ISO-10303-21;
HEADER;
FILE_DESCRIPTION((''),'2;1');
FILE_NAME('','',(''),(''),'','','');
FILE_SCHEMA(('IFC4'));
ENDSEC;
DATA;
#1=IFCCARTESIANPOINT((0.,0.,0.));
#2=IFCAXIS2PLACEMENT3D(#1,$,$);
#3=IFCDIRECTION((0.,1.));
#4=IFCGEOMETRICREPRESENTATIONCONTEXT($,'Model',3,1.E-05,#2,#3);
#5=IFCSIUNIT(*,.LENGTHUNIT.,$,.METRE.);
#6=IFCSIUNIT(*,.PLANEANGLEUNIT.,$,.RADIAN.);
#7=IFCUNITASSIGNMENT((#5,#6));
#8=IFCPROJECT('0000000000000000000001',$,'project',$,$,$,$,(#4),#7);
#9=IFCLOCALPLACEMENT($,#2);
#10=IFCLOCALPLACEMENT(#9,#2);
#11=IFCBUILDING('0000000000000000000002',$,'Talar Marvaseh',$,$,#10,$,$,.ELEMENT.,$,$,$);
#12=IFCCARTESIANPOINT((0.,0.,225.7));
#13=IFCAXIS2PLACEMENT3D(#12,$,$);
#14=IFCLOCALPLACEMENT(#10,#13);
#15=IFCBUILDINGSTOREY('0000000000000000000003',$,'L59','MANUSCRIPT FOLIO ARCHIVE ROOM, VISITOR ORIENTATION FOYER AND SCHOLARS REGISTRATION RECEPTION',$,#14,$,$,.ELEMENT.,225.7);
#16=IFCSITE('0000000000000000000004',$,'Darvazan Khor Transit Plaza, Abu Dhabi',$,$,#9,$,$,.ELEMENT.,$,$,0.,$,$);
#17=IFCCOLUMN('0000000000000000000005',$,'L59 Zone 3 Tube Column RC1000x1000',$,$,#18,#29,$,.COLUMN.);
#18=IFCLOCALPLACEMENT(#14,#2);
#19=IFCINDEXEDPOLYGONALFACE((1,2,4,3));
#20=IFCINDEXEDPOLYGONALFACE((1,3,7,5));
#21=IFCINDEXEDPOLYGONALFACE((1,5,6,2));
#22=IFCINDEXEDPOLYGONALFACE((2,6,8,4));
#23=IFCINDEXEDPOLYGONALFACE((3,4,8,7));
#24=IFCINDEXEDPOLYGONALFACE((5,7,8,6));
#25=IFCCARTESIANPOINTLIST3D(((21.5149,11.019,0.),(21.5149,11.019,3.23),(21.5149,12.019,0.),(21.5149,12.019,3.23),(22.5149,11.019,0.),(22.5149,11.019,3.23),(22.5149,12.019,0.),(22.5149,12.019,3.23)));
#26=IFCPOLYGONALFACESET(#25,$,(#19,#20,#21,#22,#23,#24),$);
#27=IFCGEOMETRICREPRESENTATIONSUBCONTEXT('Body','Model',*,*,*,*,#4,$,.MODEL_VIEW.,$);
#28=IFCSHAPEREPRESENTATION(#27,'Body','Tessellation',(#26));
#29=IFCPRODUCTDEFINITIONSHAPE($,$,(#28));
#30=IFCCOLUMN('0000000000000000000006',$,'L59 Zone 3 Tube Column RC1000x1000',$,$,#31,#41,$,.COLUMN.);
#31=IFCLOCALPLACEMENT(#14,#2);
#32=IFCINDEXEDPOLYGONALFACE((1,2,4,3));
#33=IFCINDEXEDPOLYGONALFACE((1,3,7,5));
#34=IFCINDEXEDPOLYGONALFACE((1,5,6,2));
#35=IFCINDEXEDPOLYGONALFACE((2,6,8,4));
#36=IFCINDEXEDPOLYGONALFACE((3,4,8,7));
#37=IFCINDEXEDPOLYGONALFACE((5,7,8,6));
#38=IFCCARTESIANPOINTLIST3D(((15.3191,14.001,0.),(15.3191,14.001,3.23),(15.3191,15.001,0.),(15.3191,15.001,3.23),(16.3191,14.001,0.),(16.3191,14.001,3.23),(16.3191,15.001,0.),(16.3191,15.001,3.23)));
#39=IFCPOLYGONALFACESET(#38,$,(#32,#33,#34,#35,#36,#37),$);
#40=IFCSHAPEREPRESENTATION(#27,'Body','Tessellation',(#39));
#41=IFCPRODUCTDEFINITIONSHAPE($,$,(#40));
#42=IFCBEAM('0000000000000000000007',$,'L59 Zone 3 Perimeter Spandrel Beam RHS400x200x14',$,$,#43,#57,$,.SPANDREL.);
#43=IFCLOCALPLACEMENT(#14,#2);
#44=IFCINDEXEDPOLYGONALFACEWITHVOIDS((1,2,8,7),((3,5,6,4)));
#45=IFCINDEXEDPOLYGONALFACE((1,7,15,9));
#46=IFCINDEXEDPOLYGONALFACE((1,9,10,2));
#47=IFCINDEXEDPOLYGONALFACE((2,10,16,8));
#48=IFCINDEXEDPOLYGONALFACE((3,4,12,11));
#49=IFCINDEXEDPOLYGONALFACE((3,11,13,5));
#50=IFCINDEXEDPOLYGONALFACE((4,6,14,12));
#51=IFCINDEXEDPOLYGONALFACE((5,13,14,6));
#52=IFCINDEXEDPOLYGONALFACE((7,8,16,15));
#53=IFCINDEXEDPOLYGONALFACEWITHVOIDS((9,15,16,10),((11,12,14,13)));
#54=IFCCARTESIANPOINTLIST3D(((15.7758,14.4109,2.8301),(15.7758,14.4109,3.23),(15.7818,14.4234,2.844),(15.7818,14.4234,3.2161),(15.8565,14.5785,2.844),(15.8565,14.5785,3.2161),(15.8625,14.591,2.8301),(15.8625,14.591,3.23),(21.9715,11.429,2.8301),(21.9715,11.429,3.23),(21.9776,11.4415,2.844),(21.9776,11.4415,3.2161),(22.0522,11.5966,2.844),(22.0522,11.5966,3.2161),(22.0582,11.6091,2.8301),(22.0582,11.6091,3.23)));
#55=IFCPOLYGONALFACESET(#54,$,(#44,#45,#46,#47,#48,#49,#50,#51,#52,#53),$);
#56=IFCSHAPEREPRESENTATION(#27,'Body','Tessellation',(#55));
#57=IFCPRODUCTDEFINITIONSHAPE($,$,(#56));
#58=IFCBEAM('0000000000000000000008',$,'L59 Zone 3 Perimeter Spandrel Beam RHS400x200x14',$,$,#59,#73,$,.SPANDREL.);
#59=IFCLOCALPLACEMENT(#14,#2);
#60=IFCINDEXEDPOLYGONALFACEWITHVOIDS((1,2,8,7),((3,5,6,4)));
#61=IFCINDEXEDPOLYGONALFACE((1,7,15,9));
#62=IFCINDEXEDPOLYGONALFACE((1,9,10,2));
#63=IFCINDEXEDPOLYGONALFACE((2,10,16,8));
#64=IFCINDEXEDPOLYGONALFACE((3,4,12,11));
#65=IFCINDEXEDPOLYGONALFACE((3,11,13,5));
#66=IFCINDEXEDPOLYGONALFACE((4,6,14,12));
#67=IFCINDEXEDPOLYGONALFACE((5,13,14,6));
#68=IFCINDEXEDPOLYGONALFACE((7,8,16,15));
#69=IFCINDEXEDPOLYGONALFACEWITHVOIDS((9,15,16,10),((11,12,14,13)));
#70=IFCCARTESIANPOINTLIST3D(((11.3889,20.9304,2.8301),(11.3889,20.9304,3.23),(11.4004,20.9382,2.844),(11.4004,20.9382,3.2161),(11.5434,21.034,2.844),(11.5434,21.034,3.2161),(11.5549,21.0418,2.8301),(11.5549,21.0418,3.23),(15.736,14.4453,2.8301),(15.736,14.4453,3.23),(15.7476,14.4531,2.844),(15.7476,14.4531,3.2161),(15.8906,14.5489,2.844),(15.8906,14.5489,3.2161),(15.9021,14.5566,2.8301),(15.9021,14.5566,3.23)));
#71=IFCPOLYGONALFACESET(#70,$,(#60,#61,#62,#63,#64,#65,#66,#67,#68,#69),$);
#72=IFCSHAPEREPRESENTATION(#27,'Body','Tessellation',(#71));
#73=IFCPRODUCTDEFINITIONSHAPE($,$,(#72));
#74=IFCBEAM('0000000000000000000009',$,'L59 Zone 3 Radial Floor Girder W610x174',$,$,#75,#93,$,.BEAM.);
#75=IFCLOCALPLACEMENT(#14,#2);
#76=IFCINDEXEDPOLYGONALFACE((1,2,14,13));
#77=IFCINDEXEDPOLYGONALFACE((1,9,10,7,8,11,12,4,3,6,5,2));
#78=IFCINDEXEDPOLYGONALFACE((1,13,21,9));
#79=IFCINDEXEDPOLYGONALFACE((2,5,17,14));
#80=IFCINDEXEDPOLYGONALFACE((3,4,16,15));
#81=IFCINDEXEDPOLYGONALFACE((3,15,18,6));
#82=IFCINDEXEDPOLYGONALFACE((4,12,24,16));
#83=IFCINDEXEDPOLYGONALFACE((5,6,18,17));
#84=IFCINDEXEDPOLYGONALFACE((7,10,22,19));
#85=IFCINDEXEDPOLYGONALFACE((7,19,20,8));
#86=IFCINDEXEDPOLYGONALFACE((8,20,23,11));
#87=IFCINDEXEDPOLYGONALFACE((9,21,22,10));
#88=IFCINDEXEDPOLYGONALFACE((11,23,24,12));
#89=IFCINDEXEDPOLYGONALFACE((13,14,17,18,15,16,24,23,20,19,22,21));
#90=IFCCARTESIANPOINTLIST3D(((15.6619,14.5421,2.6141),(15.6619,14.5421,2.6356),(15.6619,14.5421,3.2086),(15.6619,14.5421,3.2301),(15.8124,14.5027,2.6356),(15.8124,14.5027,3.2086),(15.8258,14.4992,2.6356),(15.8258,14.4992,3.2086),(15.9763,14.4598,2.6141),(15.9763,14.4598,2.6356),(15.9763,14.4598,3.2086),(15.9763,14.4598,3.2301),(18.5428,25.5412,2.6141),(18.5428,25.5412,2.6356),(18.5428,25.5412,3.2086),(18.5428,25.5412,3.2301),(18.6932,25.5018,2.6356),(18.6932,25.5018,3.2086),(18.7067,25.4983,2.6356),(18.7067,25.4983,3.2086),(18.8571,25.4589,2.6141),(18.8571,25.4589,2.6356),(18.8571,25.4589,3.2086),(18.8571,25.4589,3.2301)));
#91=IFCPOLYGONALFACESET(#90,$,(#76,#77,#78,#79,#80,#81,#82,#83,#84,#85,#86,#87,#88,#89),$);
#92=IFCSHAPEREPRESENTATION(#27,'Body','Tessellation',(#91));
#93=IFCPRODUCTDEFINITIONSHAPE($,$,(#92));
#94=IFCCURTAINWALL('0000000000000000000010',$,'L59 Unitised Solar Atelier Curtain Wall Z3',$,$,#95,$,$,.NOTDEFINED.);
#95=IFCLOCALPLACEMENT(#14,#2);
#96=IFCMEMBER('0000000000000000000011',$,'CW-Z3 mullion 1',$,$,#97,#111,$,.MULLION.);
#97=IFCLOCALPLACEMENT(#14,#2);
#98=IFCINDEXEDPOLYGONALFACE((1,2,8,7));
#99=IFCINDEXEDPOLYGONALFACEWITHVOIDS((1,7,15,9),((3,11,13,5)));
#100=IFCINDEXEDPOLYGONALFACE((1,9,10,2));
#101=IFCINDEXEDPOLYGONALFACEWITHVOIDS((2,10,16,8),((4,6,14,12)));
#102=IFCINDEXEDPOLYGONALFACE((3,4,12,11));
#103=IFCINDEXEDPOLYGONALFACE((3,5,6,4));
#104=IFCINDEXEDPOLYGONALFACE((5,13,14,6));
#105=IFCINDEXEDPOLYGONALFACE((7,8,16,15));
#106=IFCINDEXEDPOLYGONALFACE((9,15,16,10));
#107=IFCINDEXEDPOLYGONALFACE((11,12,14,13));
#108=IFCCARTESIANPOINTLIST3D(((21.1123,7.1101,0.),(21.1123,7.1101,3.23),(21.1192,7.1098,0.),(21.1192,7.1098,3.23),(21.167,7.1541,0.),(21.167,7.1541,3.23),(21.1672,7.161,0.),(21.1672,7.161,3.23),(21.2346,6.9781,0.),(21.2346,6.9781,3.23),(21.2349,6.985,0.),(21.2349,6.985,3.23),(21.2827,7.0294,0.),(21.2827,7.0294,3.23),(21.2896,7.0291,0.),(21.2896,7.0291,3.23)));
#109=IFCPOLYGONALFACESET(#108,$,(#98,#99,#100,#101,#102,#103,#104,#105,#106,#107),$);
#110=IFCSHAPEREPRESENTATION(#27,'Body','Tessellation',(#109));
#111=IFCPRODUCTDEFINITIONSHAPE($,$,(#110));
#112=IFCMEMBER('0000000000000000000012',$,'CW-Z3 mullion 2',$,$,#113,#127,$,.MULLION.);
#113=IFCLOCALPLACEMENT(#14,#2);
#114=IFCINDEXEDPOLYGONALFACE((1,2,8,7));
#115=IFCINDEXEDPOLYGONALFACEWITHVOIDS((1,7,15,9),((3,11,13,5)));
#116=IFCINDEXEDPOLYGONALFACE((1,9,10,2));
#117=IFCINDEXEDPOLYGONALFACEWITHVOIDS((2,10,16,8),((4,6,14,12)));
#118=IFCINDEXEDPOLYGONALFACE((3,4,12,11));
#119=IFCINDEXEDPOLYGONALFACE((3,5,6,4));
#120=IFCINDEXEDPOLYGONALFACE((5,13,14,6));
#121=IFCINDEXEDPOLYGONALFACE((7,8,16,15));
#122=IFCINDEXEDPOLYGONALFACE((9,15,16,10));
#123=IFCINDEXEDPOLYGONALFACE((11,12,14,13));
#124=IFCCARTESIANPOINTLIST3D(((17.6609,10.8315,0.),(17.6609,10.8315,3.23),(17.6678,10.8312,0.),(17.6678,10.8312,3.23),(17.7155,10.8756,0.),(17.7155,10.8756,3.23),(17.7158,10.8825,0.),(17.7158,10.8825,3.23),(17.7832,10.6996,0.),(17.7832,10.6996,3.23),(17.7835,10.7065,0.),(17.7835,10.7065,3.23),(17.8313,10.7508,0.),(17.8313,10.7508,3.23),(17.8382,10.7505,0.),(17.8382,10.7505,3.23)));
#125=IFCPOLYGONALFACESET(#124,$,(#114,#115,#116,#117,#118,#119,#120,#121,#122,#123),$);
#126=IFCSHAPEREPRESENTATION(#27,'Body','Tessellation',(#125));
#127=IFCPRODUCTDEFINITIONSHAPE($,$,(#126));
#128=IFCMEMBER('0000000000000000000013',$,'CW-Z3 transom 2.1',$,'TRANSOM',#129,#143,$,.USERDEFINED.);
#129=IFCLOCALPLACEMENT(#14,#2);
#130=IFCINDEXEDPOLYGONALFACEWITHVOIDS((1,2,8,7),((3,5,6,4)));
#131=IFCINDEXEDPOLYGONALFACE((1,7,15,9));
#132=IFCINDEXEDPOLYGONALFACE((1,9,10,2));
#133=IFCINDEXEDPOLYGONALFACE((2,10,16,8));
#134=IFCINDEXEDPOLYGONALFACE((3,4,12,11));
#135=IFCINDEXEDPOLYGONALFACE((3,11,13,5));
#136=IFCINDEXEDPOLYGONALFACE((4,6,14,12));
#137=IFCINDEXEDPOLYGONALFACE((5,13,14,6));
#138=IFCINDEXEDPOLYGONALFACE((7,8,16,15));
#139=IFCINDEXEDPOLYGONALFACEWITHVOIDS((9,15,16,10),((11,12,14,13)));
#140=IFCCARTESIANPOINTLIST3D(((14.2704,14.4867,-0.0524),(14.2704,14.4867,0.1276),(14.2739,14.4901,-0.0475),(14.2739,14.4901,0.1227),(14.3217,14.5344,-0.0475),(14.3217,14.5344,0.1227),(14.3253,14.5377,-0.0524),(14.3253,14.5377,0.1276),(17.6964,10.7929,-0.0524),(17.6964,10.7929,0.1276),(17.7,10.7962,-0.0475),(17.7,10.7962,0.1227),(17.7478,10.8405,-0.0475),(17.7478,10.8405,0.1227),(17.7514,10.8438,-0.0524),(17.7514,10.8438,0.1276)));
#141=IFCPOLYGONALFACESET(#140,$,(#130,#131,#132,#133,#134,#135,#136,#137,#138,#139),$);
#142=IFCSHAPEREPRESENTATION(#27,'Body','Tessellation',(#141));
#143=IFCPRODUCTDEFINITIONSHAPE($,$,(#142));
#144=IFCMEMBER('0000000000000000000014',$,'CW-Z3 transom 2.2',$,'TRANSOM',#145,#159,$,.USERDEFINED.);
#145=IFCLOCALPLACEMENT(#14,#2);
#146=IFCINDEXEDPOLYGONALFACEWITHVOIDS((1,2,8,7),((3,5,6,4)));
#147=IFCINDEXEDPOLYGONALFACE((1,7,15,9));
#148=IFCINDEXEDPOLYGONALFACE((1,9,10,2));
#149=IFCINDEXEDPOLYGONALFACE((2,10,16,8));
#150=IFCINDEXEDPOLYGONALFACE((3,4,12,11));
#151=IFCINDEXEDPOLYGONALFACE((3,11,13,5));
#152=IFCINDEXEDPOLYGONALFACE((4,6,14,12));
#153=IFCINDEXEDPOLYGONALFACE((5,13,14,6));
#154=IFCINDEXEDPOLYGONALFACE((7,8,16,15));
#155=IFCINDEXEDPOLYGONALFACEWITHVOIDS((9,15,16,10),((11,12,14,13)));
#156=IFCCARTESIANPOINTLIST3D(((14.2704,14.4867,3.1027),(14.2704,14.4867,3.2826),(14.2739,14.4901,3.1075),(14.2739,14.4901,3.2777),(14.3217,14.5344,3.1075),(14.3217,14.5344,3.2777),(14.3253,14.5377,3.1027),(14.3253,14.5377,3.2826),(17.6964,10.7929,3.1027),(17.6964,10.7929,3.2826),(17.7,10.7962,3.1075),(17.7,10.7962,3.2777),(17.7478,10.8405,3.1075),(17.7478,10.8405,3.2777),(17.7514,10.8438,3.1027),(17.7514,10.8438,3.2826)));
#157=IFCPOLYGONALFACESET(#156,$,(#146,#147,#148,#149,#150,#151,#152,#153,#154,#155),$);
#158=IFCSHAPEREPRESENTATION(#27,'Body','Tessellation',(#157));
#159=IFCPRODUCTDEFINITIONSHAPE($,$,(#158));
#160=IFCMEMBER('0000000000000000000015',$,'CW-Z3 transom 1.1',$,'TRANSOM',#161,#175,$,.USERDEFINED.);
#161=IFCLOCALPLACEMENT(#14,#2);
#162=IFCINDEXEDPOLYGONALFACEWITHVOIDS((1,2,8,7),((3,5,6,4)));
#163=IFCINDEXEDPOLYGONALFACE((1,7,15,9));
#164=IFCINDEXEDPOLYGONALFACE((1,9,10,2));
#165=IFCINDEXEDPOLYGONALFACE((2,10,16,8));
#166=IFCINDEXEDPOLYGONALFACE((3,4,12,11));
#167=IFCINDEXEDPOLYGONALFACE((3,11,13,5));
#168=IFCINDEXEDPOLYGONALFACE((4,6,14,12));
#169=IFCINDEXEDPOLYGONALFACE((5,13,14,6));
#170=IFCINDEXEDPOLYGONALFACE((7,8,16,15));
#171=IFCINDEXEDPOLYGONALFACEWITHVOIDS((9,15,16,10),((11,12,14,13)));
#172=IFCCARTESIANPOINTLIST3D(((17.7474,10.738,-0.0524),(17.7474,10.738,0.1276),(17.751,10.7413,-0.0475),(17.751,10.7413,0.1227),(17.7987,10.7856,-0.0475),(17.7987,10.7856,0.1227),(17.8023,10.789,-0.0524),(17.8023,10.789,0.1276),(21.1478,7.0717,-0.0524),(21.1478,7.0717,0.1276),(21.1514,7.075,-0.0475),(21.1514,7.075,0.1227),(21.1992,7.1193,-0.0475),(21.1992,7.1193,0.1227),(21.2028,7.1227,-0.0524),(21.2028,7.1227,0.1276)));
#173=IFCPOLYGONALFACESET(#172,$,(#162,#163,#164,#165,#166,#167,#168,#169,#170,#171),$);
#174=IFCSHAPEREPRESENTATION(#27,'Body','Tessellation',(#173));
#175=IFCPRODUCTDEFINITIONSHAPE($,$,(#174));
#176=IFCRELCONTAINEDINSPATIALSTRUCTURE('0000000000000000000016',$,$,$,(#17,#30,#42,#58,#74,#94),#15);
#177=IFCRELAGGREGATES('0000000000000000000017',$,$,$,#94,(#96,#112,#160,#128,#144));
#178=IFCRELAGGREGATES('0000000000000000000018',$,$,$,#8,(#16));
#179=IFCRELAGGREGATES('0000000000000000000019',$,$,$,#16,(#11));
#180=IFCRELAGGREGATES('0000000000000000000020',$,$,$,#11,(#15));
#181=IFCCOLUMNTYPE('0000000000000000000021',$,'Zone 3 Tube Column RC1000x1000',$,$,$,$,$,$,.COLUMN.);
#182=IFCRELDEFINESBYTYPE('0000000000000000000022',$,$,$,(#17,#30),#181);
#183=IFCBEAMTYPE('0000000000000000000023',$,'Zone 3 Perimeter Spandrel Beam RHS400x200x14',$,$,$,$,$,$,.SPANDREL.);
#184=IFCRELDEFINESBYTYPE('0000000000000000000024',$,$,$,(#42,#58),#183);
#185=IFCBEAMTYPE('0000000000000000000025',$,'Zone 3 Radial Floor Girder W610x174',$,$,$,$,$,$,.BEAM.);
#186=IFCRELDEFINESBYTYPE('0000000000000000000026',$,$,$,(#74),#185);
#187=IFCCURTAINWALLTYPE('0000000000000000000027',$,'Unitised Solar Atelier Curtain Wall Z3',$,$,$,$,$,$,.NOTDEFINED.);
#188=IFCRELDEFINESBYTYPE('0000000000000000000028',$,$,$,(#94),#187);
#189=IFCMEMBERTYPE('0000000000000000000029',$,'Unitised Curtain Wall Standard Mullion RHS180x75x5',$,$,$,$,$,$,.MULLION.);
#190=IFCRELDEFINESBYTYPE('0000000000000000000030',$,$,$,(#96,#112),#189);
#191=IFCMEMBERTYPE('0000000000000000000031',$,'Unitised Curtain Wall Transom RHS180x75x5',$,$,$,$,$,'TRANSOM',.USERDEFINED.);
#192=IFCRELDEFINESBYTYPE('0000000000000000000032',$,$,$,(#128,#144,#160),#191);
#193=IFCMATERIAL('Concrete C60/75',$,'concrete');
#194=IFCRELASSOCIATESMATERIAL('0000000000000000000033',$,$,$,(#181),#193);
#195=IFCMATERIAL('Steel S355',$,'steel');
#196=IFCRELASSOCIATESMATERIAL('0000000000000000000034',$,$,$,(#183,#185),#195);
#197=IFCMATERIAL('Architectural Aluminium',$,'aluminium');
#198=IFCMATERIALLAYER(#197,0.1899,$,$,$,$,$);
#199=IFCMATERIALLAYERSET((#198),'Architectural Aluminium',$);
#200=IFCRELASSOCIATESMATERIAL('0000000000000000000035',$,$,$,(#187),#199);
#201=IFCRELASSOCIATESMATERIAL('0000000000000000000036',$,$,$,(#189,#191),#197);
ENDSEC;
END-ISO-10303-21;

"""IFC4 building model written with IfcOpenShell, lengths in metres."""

from ifc_helpers import new_model, si_unit, direction, frame, origin, origin_2d, place, context, subcontext, project, spatial, rectangle, hollow_rectangle, i_section, extrude, source, transform, mapped, material, layer, layer_set, material_profile, profile_set, type_object, type_shapes, element, aggregate, save


model = new_model("IFC4")

# Units and contexts
model_context = context("Model", 3, precision=1e-05, world=origin(), true_north=direction((0.0, 1.0)))
body_context = subcontext(model_context, "Body", "Model", "MODEL_VIEW")
ifc_project = project(units=[si_unit("LENGTHUNIT", "METRE"), si_unit("PLANEANGLEUNIT", "RADIAN")], contexts=[model_context])

# Site, building, storey
site_placement = place(None, origin())
site = spatial("IfcSite", under=ifc_project, at=site_placement, Name="Darvazan Khor Transit Plaza, Abu Dhabi", CompositionType="ELEMENT", RefElevation=0.0)
building_placement = place(site_placement, origin())
building = spatial("IfcBuilding", under=site, at=building_placement, Name="Talar Marvaseh", CompositionType="ELEMENT")
storey_placement = place(building_placement, frame((0.0, 0.0, 225.7)))
storey = spatial("IfcBuildingStorey", under=building, at=storey_placement, Name="L59", Description="MANUSCRIPT FOLIO ARCHIVE ROOM, VISITOR ORIENTATION FOYER AND SCHOLARS REGISTRATION RECEPTION", CompositionType="ELEMENT", Elevation=225.7)

# Columns
ifc_material_1 = material(Name="Concrete C60/75", Category="concrete")
ifc_material_profile_1 = material_profile(ifc_material_1, rectangle(XDim=1.0, YDim=1.0, at=origin_2d()), Name="RC1000x1000")
ifc_profile_set_1 = profile_set([ifc_material_profile_1], Name="Concrete C60/75")
column_type = type_object("IfcColumnType", Name="Zone 3 Tube Column RC1000x1000", PredefinedType="COLUMN", material=ifc_profile_set_1)
for number, where, z_axis, x_axis, name in (
    (1, (22.0149, 11.519, 0.0), (0.0, 0.0, 1.0), (1.0, 0.0, 0.0), "L59 Zone 3 Tube Column RC1000x1000"),
    (2, (15.8191, 14.501, 0.0), (0.0, 0.0, 1.0), (1.0, 0.0, 0.0), "L59 Zone 3 Tube Column RC1000x1000"),
):
    element("IfcColumn", number, at=place(storey_placement, frame(where, z_axis=z_axis, x_axis=x_axis)), inside=storey, type_object=column_type, Name=name, PredefinedType="COLUMN", context=body_context, shape_type="SweptSolid", body=[
        extrude(rectangle(XDim=1.0, YDim=1.0, at=origin_2d()), origin(), (0.0, 0.0, 1.0), 3.23),
    ])

# Beams
ifc_material_2 = material(Name="Steel S355", Category="steel")
ifc_material_profile_2 = material_profile(ifc_material_2, hollow_rectangle(XDim=0.2, YDim=0.3999, WallThickness=0.0139, at=origin_2d()), Name="RHS400x200x14")
ifc_profile_set_2 = profile_set([ifc_material_profile_2], Name="Steel S355")
beam_type_1 = type_object("IfcBeamType", Name="Zone 3 Perimeter Spandrel Beam RHS400x200x14", PredefinedType="SPANDREL", material=ifc_profile_set_2)
beam_1_placement = place(storey_placement, frame((22.0149, 11.519, 3.03), z_axis=(-0.901072, 0.43367, 0.0), x_axis=(-0.43367, -0.901072, 0.0)))
element("IfcBeam", 3, at=beam_1_placement, inside=storey, type_object=beam_type_1, Name="L59 Zone 3 Perimeter Spandrel Beam RHS400x200x14", PredefinedType="SPANDREL", context=body_context, shape_type="SweptSolid", body=[
    extrude(hollow_rectangle(XDim=0.2, YDim=0.3999, WallThickness=0.0139, at=origin_2d()), origin(), (0.0, 0.0, 1.0), 6.876),
])
beam_2_placement = place(storey_placement, frame((15.8191, 14.501, 3.03), z_axis=(-0.556806, 0.830643, 0.0), x_axis=(-0.830643, -0.556806, 0.0)))
element("IfcBeam", 4, at=beam_2_placement, inside=storey, type_object=beam_type_1, Name="L59 Zone 3 Perimeter Spandrel Beam RHS400x200x14", PredefinedType="SPANDREL", context=body_context, shape_type="SweptSolid", body=[
    extrude(hollow_rectangle(XDim=0.2, YDim=0.3999, WallThickness=0.0139, at=origin_2d()), origin(), (0.0, 0.0, 1.0), 7.8074),
])
ifc_material_profile_3 = material_profile(ifc_material_2, i_section(OverallWidth=0.325, OverallDepth=0.616, WebThickness=0.0139, FlangeThickness=0.0215, at=origin_2d()), Name="W610x174")
ifc_profile_set_3 = profile_set([ifc_material_profile_3], Name="Steel S355")
beam_type_2 = type_object("IfcBeamType", Name="Zone 3 Radial Floor Girder W610x174", PredefinedType="BEAM", material=ifc_profile_set_3)
beam_3_placement = place(storey_placement, frame((15.8191, 14.501, 2.9221), z_axis=(0.253373, 0.967369, 0.0), x_axis=(-0.967369, 0.253373, 0.0)))
element("IfcBeam", 5, at=beam_3_placement, inside=storey, type_object=beam_type_2, Name="L59 Zone 3 Radial Floor Girder W610x174", PredefinedType="BEAM", context=body_context, shape_type="SweptSolid", body=[
    extrude(i_section(OverallWidth=0.325, OverallDepth=0.616, WebThickness=0.0139, FlangeThickness=0.0215, at=origin_2d()), origin(), (0.0, 0.0, 1.0), 11.3701),
])

# Curtain wall, members
ifc_material_3 = material(Name="Architectural Aluminium", Category="aluminium")
ifc_layer_1 = layer(ifc_material_3, 0.1899)
ifc_layer_set_1 = layer_set([ifc_layer_1], Name="Architectural Aluminium")
curtain_wall_type = type_object("IfcCurtainWallType", Name="Unitised Solar Atelier Curtain Wall Z3", PredefinedType="NOTDEFINED", material=ifc_layer_set_1)
curtain_wall_placement = place(storey_placement, origin())
curtain_wall = element("IfcCurtainWall", 6, at=curtain_wall_placement, inside=storey, type_object=curtain_wall_type, Name="L59 Unitised Solar Atelier Curtain Wall Z3", PredefinedType="NOTDEFINED")
ifc_material_profile_4 = material_profile(ifc_material_3, hollow_rectangle(XDim=0.075, YDim=0.1799, WallThickness=0.0049, at=origin_2d()), Name="RHS180x75x5")
ifc_profile_set_4 = profile_set([ifc_material_profile_4], Name="Architectural Aluminium")
member_type_1 = type_object("IfcMemberType", Name="Unitised Curtain Wall Standard Mullion RHS180x75x5", PredefinedType="MULLION", material=ifc_profile_set_4)
shared_shape_1 = source(origin(), body_context, "Body", "SweptSolid", [
    extrude(hollow_rectangle(XDim=0.075, YDim=0.1799, WallThickness=0.0049, at=origin_2d()), origin(), (0.0, 0.0, 1.0), 3.23),
])
type_shapes(member_type_1, [shared_shape_1])
member_1_placement = place(storey_placement, frame((21.2009, 7.0696, 0.0), z_axis=(0.0, 0.0, 1.0), x_axis=(-0.733183, -0.680031, 0.0)))
member_1 = element("IfcMember", 7, at=member_1_placement, type_object=member_type_1, Name="CW-Z3 mullion 1", PredefinedType="MULLION", context=body_context, shape_type="MappedRepresentation", body=[
    mapped(shared_shape_1, transform((0.0, 0.0, 0.0), x_axis=(1.0, 0.0, 0.0), y_axis=(0.0, 1.0, 0.0), z_axis=(0.0, 0.0, 1.0), scale=1.0)),
])
member_2_placement = place(storey_placement, frame((17.7495, 10.791, 0.0), z_axis=(0.0, 0.0, 1.0), x_axis=(-0.733183, -0.680031, 0.0)))
member_2 = element("IfcMember", 8, at=member_2_placement, type_object=member_type_1, Name="CW-Z3 mullion 2", PredefinedType="MULLION", context=body_context, shape_type="MappedRepresentation", body=[
    mapped(shared_shape_1, transform((0.0, 0.0, 0.0), x_axis=(1.0, 0.0, 0.0), y_axis=(0.0, 1.0, 0.0), z_axis=(0.0, 0.0, 1.0), scale=1.0)),
])
ifc_material_profile_5 = material_profile(ifc_material_3, hollow_rectangle(XDim=0.075, YDim=0.1799, WallThickness=0.0049, at=origin_2d()), Name="RHS180x75x5")
ifc_profile_set_5 = profile_set([ifc_material_profile_5], Name="Architectural Aluminium")
member_type_2 = type_object("IfcMemberType", Name="Unitised Curtain Wall Transom RHS180x75x5", ElementType="TRANSOM", PredefinedType="USERDEFINED", material=ifc_profile_set_5)
shared_shape_2 = source(origin(), body_context, "Body", "SweptSolid", [
    extrude(hollow_rectangle(XDim=0.075, YDim=0.1799, WallThickness=0.0049, at=origin_2d()), origin(), (0.0, 0.0, 1.0), 5.0381),
])
member_3_placement = place(storey_placement, frame((17.7239, 10.8184, 0.0376), z_axis=(-0.680027, 0.733187, 0.0), x_axis=(-0.733187, -0.680027, 0.0)))
member_3 = element("IfcMember", 9, at=member_3_placement, type_object=member_type_2, Name="CW-Z3 transom 2.1", ObjectType="TRANSOM", PredefinedType="USERDEFINED", context=body_context, shape_type="MappedRepresentation", body=[
    mapped(shared_shape_2, transform((0.0, 0.0, 0.0), x_axis=(1.0, 0.0, 0.0), y_axis=(0.0, 1.0, 0.0), z_axis=(0.0, 0.0, 1.0), scale=1.0)),
])
member_4_placement = place(storey_placement, frame((17.7239, 10.8184, 3.1926), z_axis=(-0.680027, 0.733187, 0.0), x_axis=(-0.733187, -0.680027, 0.0)))
member_4 = element("IfcMember", 10, at=member_4_placement, type_object=member_type_2, Name="CW-Z3 transom 2.2", ObjectType="TRANSOM", PredefinedType="USERDEFINED", context=body_context, shape_type="MappedRepresentation", body=[
    mapped(shared_shape_2, transform((0.0, 0.0, 0.0), x_axis=(1.0, 0.0, 0.0), y_axis=(0.0, 1.0, 0.0), z_axis=(0.0, 0.0, 1.0), scale=1.0)),
])
shared_shape_3 = source(origin(), body_context, "Body", "SweptSolid", [
    extrude(hollow_rectangle(XDim=0.075, YDim=0.1799, WallThickness=0.0049, at=origin_2d()), origin(), (0.0, 0.0, 1.0), 5.0005),
])
type_shapes(member_type_2, [shared_shape_2, shared_shape_3])
member_5_placement = place(storey_placement, frame((21.1753, 7.0972, 0.0376), z_axis=(-0.680022, 0.733192, 0.0), x_axis=(-0.733192, -0.680022, 0.0)))
member_5 = element("IfcMember", 11, at=member_5_placement, type_object=member_type_2, Name="CW-Z3 transom 1.1", ObjectType="TRANSOM", PredefinedType="USERDEFINED", context=body_context, shape_type="MappedRepresentation", body=[
    mapped(shared_shape_3, transform((0.0, 0.0, 0.0), x_axis=(1.0, 0.0, 0.0), y_axis=(0.0, 1.0, 0.0), z_axis=(0.0, 0.0, 1.0), scale=1.0)),
])

aggregate(curtain_wall, [member_1, member_2, member_5, member_3, member_4])

save(model, "model.ifc")
